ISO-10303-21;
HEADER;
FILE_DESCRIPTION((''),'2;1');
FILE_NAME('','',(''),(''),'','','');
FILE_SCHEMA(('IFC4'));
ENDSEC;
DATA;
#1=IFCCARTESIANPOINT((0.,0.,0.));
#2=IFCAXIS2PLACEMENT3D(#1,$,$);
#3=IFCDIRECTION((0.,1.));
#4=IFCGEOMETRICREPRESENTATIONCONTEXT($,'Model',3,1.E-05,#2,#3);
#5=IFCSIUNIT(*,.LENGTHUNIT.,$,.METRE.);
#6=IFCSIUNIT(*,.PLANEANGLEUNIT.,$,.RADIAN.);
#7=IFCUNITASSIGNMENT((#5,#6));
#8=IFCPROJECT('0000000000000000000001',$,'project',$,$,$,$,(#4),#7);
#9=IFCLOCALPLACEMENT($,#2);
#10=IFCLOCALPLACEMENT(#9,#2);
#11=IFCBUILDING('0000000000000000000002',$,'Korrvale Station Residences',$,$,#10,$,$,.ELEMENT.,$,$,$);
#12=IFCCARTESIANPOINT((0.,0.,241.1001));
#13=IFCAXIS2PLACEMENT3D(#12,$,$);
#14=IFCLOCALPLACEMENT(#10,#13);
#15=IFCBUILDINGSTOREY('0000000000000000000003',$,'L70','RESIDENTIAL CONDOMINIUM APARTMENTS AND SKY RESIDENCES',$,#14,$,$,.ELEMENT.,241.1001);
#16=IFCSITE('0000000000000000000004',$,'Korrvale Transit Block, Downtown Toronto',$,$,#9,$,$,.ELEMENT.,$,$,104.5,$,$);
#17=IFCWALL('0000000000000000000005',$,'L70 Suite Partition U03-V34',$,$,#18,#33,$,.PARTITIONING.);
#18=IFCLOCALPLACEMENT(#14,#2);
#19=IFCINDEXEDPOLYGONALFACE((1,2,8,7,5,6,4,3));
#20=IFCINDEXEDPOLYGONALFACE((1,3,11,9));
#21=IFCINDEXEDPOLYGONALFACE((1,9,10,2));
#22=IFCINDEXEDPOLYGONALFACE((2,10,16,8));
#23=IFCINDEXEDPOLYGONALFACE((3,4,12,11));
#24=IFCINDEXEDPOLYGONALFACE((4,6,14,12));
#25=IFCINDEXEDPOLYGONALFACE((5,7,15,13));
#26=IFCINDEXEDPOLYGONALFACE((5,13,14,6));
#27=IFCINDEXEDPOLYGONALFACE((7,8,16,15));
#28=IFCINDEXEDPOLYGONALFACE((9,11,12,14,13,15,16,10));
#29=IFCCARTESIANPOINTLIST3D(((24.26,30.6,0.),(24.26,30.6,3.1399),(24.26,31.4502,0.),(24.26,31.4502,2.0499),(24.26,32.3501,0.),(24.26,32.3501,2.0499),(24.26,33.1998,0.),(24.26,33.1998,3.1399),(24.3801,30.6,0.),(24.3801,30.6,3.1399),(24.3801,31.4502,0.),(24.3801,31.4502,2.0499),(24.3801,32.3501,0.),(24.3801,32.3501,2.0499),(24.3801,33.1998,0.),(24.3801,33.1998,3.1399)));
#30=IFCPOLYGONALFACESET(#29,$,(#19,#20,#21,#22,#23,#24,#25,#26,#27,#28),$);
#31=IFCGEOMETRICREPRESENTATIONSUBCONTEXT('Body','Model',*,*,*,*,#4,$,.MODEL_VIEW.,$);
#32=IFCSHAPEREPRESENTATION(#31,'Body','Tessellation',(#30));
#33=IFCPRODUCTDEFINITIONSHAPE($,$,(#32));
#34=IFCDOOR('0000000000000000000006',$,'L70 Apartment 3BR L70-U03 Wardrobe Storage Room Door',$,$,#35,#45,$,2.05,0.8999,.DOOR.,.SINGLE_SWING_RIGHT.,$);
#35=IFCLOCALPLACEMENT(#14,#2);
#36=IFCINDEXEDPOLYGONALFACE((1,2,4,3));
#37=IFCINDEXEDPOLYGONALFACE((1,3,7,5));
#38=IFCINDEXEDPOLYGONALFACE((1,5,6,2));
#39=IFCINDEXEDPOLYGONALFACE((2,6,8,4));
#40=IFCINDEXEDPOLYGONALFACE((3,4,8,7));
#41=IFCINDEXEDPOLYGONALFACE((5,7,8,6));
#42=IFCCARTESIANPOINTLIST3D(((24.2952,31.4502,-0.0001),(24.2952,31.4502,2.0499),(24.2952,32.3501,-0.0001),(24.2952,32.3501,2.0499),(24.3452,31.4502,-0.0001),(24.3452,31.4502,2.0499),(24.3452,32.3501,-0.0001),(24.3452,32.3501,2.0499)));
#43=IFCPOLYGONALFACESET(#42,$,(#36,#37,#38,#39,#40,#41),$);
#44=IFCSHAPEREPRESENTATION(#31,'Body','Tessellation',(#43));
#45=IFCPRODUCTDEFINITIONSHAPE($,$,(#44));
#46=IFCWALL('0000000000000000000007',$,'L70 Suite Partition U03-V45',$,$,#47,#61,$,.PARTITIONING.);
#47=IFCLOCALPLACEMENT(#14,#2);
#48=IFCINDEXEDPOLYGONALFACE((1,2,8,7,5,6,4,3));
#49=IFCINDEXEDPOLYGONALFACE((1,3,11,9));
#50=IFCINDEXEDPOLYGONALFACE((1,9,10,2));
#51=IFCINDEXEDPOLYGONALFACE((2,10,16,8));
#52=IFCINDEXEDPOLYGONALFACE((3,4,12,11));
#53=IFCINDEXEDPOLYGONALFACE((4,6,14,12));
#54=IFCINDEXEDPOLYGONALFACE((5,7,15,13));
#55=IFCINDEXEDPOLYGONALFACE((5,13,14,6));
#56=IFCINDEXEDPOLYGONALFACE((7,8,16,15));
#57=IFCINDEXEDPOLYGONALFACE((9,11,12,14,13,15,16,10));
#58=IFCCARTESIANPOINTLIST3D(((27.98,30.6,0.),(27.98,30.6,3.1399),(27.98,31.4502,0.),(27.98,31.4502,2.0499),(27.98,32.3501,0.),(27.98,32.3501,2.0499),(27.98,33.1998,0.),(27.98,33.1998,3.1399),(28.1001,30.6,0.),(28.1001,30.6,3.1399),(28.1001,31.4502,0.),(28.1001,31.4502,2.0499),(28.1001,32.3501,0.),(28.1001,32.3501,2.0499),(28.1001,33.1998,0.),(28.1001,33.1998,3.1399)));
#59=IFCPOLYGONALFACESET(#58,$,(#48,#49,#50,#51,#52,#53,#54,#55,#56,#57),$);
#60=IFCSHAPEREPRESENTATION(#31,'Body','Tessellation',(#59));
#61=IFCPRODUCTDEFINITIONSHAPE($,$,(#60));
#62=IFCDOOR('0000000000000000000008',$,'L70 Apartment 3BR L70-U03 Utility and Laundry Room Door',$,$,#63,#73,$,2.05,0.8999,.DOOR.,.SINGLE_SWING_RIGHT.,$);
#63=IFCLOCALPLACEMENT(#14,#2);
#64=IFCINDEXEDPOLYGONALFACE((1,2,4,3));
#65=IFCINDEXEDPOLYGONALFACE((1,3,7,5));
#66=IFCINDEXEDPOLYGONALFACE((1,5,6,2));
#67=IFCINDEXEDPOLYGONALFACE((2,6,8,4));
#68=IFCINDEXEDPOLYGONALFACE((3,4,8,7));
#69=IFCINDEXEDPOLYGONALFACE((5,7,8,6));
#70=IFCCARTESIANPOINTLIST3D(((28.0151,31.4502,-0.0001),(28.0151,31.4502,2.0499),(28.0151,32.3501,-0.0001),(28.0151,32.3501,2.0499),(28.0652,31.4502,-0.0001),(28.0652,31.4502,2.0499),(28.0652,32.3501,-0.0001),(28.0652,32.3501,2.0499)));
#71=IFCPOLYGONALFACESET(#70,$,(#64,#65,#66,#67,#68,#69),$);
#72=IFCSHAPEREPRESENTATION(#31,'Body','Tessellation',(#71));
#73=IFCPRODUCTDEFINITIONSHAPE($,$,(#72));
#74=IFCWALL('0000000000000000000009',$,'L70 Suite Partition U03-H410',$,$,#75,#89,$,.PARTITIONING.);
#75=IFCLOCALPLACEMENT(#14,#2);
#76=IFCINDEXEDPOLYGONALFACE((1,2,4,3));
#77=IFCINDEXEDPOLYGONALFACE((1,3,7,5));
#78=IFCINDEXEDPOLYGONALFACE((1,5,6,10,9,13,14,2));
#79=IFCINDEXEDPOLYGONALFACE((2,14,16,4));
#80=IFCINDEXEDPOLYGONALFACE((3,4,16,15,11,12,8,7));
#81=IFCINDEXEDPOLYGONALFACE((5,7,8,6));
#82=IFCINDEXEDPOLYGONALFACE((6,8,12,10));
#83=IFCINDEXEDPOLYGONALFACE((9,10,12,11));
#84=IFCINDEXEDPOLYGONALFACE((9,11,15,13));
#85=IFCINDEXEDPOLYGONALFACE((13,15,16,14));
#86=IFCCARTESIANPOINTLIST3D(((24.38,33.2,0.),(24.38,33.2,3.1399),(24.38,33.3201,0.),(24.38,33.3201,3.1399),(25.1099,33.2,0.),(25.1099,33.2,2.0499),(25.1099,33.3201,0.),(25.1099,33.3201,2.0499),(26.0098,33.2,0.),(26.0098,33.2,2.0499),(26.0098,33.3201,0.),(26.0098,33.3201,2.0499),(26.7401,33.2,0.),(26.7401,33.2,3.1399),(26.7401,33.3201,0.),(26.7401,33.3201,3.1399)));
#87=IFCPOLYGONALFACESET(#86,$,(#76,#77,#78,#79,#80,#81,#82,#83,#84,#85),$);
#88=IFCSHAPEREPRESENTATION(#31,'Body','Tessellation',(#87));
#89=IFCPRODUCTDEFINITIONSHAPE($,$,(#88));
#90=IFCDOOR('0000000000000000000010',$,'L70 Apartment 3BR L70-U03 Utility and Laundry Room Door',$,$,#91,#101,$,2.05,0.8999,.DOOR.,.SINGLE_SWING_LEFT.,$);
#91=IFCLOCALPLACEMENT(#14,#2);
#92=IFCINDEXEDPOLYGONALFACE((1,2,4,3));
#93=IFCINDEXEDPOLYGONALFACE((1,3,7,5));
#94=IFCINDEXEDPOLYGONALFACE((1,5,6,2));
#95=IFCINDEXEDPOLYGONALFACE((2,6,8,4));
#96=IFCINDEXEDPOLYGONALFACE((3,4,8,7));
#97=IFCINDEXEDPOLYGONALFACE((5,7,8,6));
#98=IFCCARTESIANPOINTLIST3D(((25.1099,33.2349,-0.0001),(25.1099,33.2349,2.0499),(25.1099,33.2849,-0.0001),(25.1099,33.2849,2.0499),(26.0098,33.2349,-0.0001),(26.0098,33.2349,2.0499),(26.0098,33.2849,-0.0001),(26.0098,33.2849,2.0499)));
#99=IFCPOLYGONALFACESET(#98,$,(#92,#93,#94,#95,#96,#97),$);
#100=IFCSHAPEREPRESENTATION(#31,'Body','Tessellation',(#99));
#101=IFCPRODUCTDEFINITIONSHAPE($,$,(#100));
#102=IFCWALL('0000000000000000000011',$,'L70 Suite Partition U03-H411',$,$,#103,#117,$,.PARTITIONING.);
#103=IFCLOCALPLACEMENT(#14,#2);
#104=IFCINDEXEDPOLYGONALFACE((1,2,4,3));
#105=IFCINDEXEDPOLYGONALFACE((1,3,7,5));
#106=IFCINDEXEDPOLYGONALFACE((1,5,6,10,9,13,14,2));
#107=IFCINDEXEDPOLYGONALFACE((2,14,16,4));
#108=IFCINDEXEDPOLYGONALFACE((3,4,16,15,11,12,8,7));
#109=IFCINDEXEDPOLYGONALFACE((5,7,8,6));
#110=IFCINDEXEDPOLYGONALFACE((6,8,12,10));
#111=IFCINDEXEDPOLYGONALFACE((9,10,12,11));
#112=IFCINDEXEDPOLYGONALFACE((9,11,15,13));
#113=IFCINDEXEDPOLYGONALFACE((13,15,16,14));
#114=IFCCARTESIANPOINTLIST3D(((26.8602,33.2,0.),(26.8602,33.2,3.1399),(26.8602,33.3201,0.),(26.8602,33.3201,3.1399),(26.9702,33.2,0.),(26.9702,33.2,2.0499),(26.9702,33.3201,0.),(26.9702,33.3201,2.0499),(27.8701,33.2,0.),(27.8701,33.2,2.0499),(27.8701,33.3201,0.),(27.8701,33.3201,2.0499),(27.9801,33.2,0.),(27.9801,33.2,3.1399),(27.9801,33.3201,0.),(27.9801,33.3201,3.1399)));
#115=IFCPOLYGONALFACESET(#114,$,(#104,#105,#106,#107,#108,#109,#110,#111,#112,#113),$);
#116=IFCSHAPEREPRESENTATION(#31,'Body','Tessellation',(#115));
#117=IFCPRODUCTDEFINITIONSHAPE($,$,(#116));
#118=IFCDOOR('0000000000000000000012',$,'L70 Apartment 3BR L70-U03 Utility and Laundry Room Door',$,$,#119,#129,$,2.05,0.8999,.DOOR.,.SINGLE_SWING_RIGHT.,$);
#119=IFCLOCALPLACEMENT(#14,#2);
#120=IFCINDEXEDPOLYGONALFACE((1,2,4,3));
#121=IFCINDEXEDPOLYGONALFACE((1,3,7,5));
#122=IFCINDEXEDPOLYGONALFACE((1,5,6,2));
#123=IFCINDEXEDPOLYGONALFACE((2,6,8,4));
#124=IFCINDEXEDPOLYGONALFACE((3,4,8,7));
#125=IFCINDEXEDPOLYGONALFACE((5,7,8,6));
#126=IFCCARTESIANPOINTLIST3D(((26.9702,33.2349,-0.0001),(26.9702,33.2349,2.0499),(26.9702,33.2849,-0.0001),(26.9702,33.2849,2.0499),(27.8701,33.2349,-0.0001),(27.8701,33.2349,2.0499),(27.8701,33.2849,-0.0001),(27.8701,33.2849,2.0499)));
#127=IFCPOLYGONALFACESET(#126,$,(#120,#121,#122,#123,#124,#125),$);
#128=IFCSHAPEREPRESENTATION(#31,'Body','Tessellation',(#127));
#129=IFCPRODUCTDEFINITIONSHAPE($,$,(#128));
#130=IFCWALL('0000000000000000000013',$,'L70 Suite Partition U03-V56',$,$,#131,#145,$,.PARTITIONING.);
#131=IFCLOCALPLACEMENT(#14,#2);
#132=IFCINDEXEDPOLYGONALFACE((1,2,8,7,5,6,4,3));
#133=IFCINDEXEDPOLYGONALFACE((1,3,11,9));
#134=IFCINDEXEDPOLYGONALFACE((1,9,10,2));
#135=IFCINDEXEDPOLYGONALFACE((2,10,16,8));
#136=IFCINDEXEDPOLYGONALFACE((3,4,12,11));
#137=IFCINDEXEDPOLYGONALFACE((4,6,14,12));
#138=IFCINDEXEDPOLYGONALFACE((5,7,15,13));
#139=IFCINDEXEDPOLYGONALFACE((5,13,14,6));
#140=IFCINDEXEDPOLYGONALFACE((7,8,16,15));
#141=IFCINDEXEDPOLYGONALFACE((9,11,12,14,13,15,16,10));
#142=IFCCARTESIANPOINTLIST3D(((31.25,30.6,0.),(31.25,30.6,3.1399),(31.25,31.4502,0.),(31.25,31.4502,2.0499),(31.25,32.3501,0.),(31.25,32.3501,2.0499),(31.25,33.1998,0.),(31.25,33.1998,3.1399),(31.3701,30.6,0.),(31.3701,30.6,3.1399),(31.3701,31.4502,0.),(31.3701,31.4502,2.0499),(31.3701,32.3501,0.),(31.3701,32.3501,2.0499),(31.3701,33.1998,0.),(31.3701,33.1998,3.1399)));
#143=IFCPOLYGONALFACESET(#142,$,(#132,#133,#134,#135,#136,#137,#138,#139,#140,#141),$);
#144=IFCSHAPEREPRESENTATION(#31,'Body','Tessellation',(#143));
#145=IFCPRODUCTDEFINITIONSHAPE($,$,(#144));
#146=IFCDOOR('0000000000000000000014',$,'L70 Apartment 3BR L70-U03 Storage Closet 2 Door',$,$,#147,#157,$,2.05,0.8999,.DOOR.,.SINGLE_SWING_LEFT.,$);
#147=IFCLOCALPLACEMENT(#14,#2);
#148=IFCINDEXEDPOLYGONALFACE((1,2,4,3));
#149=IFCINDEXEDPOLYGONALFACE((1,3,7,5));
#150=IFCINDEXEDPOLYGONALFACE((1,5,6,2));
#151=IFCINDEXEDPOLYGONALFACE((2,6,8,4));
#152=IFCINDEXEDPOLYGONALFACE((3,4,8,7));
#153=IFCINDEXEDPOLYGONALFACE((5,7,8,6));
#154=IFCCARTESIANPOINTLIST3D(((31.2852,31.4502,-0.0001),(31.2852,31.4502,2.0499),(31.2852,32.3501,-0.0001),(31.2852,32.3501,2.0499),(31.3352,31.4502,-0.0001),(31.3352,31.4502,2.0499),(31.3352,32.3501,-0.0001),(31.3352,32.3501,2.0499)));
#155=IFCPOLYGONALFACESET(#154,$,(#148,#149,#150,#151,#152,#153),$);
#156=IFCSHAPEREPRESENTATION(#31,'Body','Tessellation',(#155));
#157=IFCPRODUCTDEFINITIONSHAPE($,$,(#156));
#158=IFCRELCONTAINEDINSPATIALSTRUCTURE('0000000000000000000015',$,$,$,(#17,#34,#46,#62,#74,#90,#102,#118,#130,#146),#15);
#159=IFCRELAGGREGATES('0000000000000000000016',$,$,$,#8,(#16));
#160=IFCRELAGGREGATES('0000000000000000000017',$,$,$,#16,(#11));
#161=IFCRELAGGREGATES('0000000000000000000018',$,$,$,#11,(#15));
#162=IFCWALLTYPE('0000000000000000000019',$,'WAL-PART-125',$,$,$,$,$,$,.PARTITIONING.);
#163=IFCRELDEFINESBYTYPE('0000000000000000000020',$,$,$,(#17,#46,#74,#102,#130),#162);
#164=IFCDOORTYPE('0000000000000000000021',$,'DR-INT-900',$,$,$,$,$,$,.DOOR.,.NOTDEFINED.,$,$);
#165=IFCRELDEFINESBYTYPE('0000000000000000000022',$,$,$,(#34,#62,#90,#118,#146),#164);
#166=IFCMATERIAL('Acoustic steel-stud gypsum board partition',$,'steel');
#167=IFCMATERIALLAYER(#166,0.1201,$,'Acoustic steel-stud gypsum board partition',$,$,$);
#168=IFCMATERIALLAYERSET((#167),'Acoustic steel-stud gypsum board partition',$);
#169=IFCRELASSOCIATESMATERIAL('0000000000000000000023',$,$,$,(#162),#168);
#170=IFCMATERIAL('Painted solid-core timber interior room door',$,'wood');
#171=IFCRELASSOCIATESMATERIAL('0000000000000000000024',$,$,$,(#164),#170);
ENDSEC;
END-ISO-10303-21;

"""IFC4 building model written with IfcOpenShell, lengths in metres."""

from ifc_helpers import new_model, si_unit, direction, frame, frame_2d, origin, place, context, subcontext, project, spatial, rectangle, extrude, material, layer, layer_set, type_object, element, fill, save


model = new_model("IFC4")

# Units and contexts
model_context = context("Model", 3, precision=1e-05, world=origin(), true_north=direction((0.0, 1.0)))
body_context = subcontext(model_context, "Body", "Model", "MODEL_VIEW")
ifc_project = project(units=[si_unit("LENGTHUNIT", "METRE"), si_unit("PLANEANGLEUNIT", "RADIAN")], contexts=[model_context])

# Site, building, storey
site_placement = place(None, origin())
site = spatial("IfcSite", under=ifc_project, at=site_placement, Name="Korrvale Transit Block, Downtown Toronto", CompositionType="ELEMENT", RefElevation=104.5)
building_placement = place(site_placement, origin())
building = spatial("IfcBuilding", under=site, at=building_placement, Name="Korrvale Station Residences", CompositionType="ELEMENT")
storey_placement = place(building_placement, frame((0.0, 0.0, 241.1001)))
storey = spatial("IfcBuildingStorey", under=building, at=storey_placement, Name="L70", Description="RESIDENTIAL CONDOMINIUM APARTMENTS AND SKY RESIDENCES", CompositionType="ELEMENT", Elevation=241.1001)

# Walls, openings, doors
ifc_material_1 = material(Name="Acoustic steel-stud gypsum board partition", Category="steel")
ifc_layer = layer(ifc_material_1, 0.1201, Name="Acoustic steel-stud gypsum board partition")
ifc_layer_set = layer_set([ifc_layer], Name="Acoustic steel-stud gypsum board partition")
wall_type = type_object("IfcWallType", Name="WAL-PART-125", PredefinedType="PARTITIONING", material=ifc_layer_set)
wall_1_placement = place(storey_placement, frame((24.3201, 30.6001, 0.0), z_axis=(0.0, 0.0, 1.0), x_axis=(0.0, 1.0, 0.0)))
wall_1 = element("IfcWall", 1, at=wall_1_placement, inside=storey, type_object=wall_type, Name="L70 Suite Partition U03-V34", PredefinedType="PARTITIONING", context=body_context, shape_type="SweptSolid", body=[
    extrude(rectangle(XDim=2.5999, YDim=0.1201, at=frame_2d((1.2998, 0.0))), origin(), (0.0, 0.0, 1.0), 3.1399),
])
opening_1_placement = place(wall_1_placement, frame((0.8501, 0.0, 0.0)))
opening_1 = element("IfcOpeningElement", 2, at=opening_1_placement, cuts=wall_1, PredefinedType="OPENING", context=body_context, shape_type="SweptSolid", body=[
    extrude(rectangle(XDim=0.8999, YDim=2.05, at=frame_2d((0.45, 1.0249))), frame((0.0, 0.0701, 0.0), z_axis=(0.0, -1.0, 0.0), x_axis=(1.0, 0.0, 0.0)), (0.0, 0.0, 1.0), 0.1401),
])
ifc_material_2 = material(Name="Painted solid-core timber interior room door", Category="wood")
door_type = type_object("IfcDoorType", Name="DR-INT-900", OperationType="NOTDEFINED", PredefinedType="DOOR", material=ifc_material_2)
door_1_placement = place(opening_1_placement, origin())
door_1 = element("IfcDoor", 3, at=door_1_placement, inside=storey, type_object=door_type, Name="L70 Apartment 3BR L70-U03 Wardrobe Storage Room Door", OperationType="SINGLE_SWING_RIGHT", OverallHeight=2.05, OverallWidth=0.8999, PredefinedType="DOOR", context=body_context, shape_type="SweptSolid", body=[
    extrude(rectangle(XDim=0.8999, YDim=2.05, at=frame_2d((0.45, 1.0249))), frame((0.0, 0.0249, 0.0), z_axis=(0.0, -1.0, 0.0), x_axis=(1.0, 0.0, 0.0)), (0.0, 0.0, 1.0), 0.05),
])
fill(opening_1, door_1)
wall_2_placement = place(storey_placement, frame((28.04, 30.6001, 0.0), z_axis=(0.0, 0.0, 1.0), x_axis=(0.0, 1.0, 0.0)))
wall_2 = element("IfcWall", 4, at=wall_2_placement, inside=storey, type_object=wall_type, Name="L70 Suite Partition U03-V45", PredefinedType="PARTITIONING", context=body_context, shape_type="SweptSolid", body=[
    extrude(rectangle(XDim=2.5999, YDim=0.1201, at=frame_2d((1.2998, 0.0))), origin(), (0.0, 0.0, 1.0), 3.1399),
])
opening_2_placement = place(wall_2_placement, frame((0.8501, 0.0, 0.0)))
opening_2 = element("IfcOpeningElement", 5, at=opening_2_placement, cuts=wall_2, PredefinedType="OPENING", context=body_context, shape_type="SweptSolid", body=[
    extrude(rectangle(XDim=0.8999, YDim=2.05, at=frame_2d((0.45, 1.0249))), frame((0.0, 0.0701, 0.0), z_axis=(0.0, -1.0, 0.0), x_axis=(1.0, 0.0, 0.0)), (0.0, 0.0, 1.0), 0.1401),
])
door_2_placement = place(opening_2_placement, origin())
door_2 = element("IfcDoor", 6, at=door_2_placement, inside=storey, type_object=door_type, Name="L70 Apartment 3BR L70-U03 Utility and Laundry Room Door", OperationType="SINGLE_SWING_RIGHT", OverallHeight=2.05, OverallWidth=0.8999, PredefinedType="DOOR", context=body_context, shape_type="SweptSolid", body=[
    extrude(rectangle(XDim=0.8999, YDim=2.05, at=frame_2d((0.45, 1.0249))), frame((0.0, 0.0249, 0.0), z_axis=(0.0, -1.0, 0.0), x_axis=(1.0, 0.0, 0.0)), (0.0, 0.0, 1.0), 0.05),
])
fill(opening_2, door_2)
wall_3_placement = place(storey_placement, frame((24.3799, 33.26, 0.0), z_axis=(0.0, 0.0, 1.0), x_axis=(1.0, 0.0, 0.0)))
wall_3 = element("IfcWall", 7, at=wall_3_placement, inside=storey, type_object=wall_type, Name="L70 Suite Partition U03-H410", PredefinedType="PARTITIONING", context=body_context, shape_type="SweptSolid", body=[
    extrude(rectangle(XDim=2.3601, YDim=0.1201, at=frame_2d((1.1802, 0.0))), origin(), (0.0, 0.0, 1.0), 3.1399),
])
opening_3_placement = place(wall_3_placement, frame((0.73, 0.0, 0.0)))
opening_3 = element("IfcOpeningElement", 8, at=opening_3_placement, cuts=wall_3, PredefinedType="OPENING", context=body_context, shape_type="SweptSolid", body=[
    extrude(rectangle(XDim=0.8999, YDim=2.05, at=frame_2d((0.45, 1.0249))), frame((0.0, 0.0701, 0.0), z_axis=(0.0, -1.0, 0.0), x_axis=(1.0, 0.0, 0.0)), (0.0, 0.0, 1.0), 0.1401),
])
door_3_placement = place(opening_3_placement, origin())
door_3 = element("IfcDoor", 9, at=door_3_placement, inside=storey, type_object=door_type, Name="L70 Apartment 3BR L70-U03 Utility and Laundry Room Door", OperationType="SINGLE_SWING_LEFT", OverallHeight=2.05, OverallWidth=0.8999, PredefinedType="DOOR", context=body_context, shape_type="SweptSolid", body=[
    extrude(rectangle(XDim=0.8999, YDim=2.05, at=frame_2d((0.45, 1.0249))), frame((0.0, 0.0249, 0.0), z_axis=(0.0, -1.0, 0.0), x_axis=(1.0, 0.0, 0.0)), (0.0, 0.0, 1.0), 0.05),
])
fill(opening_3, door_3)
wall_4_placement = place(storey_placement, frame((26.8601, 33.26, 0.0), z_axis=(0.0, 0.0, 1.0), x_axis=(1.0, 0.0, 0.0)))
wall_4 = element("IfcWall", 10, at=wall_4_placement, inside=storey, type_object=wall_type, Name="L70 Suite Partition U03-H411", PredefinedType="PARTITIONING", context=body_context, shape_type="SweptSolid", body=[
    extrude(rectangle(XDim=1.1199, YDim=0.1201, at=frame_2d((0.5601, 0.0))), origin(), (0.0, 0.0, 1.0), 3.1399),
])
opening_4_placement = place(wall_4_placement, frame((0.1101, 0.0, 0.0)))
opening_4 = element("IfcOpeningElement", 11, at=opening_4_placement, cuts=wall_4, PredefinedType="OPENING", context=body_context, shape_type="SweptSolid", body=[
    extrude(rectangle(XDim=0.8999, YDim=2.05, at=frame_2d((0.45, 1.0249))), frame((0.0, 0.0701, 0.0), z_axis=(0.0, -1.0, 0.0), x_axis=(1.0, 0.0, 0.0)), (0.0, 0.0, 1.0), 0.1401),
])
door_4_placement = place(opening_4_placement, origin())
door_4 = element("IfcDoor", 12, at=door_4_placement, inside=storey, type_object=door_type, Name="L70 Apartment 3BR L70-U03 Utility and Laundry Room Door", OperationType="SINGLE_SWING_RIGHT", OverallHeight=2.05, OverallWidth=0.8999, PredefinedType="DOOR", context=body_context, shape_type="SweptSolid", body=[
    extrude(rectangle(XDim=0.8999, YDim=2.05, at=frame_2d((0.45, 1.0249))), frame((0.0, 0.0249, 0.0), z_axis=(0.0, -1.0, 0.0), x_axis=(1.0, 0.0, 0.0)), (0.0, 0.0, 1.0), 0.05),
])
fill(opening_4, door_4)
wall_5_placement = place(storey_placement, frame((31.3101, 30.6001, 0.0), z_axis=(0.0, 0.0, 1.0), x_axis=(0.0, 1.0, 0.0)))
wall_5 = element("IfcWall", 13, at=wall_5_placement, inside=storey, type_object=wall_type, Name="L70 Suite Partition U03-V56", PredefinedType="PARTITIONING", context=body_context, shape_type="SweptSolid", body=[
    extrude(rectangle(XDim=2.5999, YDim=0.1201, at=frame_2d((1.2998, 0.0))), origin(), (0.0, 0.0, 1.0), 3.1399),
])
opening_5_placement = place(wall_5_placement, frame((0.8501, 0.0, 0.0)))
opening_5 = element("IfcOpeningElement", 14, at=opening_5_placement, cuts=wall_5, PredefinedType="OPENING", context=body_context, shape_type="SweptSolid", body=[
    extrude(rectangle(XDim=0.8999, YDim=2.05, at=frame_2d((0.45, 1.0249))), frame((0.0, 0.0701, 0.0), z_axis=(0.0, -1.0, 0.0), x_axis=(1.0, 0.0, 0.0)), (0.0, 0.0, 1.0), 0.1401),
])
door_5_placement = place(opening_5_placement, origin())
door_5 = element("IfcDoor", 15, at=door_5_placement, inside=storey, type_object=door_type, Name="L70 Apartment 3BR L70-U03 Storage Closet 2 Door", OperationType="SINGLE_SWING_LEFT", OverallHeight=2.05, OverallWidth=0.8999, PredefinedType="DOOR", context=body_context, shape_type="SweptSolid", body=[
    extrude(rectangle(XDim=0.8999, YDim=2.05, at=frame_2d((0.45, 1.0249))), frame((0.0, 0.0249, 0.0), z_axis=(0.0, -1.0, 0.0), x_axis=(1.0, 0.0, 0.0)), (0.0, 0.0, 1.0), 0.05),
])
fill(opening_5, door_5)

save(model, "model.ifc")
